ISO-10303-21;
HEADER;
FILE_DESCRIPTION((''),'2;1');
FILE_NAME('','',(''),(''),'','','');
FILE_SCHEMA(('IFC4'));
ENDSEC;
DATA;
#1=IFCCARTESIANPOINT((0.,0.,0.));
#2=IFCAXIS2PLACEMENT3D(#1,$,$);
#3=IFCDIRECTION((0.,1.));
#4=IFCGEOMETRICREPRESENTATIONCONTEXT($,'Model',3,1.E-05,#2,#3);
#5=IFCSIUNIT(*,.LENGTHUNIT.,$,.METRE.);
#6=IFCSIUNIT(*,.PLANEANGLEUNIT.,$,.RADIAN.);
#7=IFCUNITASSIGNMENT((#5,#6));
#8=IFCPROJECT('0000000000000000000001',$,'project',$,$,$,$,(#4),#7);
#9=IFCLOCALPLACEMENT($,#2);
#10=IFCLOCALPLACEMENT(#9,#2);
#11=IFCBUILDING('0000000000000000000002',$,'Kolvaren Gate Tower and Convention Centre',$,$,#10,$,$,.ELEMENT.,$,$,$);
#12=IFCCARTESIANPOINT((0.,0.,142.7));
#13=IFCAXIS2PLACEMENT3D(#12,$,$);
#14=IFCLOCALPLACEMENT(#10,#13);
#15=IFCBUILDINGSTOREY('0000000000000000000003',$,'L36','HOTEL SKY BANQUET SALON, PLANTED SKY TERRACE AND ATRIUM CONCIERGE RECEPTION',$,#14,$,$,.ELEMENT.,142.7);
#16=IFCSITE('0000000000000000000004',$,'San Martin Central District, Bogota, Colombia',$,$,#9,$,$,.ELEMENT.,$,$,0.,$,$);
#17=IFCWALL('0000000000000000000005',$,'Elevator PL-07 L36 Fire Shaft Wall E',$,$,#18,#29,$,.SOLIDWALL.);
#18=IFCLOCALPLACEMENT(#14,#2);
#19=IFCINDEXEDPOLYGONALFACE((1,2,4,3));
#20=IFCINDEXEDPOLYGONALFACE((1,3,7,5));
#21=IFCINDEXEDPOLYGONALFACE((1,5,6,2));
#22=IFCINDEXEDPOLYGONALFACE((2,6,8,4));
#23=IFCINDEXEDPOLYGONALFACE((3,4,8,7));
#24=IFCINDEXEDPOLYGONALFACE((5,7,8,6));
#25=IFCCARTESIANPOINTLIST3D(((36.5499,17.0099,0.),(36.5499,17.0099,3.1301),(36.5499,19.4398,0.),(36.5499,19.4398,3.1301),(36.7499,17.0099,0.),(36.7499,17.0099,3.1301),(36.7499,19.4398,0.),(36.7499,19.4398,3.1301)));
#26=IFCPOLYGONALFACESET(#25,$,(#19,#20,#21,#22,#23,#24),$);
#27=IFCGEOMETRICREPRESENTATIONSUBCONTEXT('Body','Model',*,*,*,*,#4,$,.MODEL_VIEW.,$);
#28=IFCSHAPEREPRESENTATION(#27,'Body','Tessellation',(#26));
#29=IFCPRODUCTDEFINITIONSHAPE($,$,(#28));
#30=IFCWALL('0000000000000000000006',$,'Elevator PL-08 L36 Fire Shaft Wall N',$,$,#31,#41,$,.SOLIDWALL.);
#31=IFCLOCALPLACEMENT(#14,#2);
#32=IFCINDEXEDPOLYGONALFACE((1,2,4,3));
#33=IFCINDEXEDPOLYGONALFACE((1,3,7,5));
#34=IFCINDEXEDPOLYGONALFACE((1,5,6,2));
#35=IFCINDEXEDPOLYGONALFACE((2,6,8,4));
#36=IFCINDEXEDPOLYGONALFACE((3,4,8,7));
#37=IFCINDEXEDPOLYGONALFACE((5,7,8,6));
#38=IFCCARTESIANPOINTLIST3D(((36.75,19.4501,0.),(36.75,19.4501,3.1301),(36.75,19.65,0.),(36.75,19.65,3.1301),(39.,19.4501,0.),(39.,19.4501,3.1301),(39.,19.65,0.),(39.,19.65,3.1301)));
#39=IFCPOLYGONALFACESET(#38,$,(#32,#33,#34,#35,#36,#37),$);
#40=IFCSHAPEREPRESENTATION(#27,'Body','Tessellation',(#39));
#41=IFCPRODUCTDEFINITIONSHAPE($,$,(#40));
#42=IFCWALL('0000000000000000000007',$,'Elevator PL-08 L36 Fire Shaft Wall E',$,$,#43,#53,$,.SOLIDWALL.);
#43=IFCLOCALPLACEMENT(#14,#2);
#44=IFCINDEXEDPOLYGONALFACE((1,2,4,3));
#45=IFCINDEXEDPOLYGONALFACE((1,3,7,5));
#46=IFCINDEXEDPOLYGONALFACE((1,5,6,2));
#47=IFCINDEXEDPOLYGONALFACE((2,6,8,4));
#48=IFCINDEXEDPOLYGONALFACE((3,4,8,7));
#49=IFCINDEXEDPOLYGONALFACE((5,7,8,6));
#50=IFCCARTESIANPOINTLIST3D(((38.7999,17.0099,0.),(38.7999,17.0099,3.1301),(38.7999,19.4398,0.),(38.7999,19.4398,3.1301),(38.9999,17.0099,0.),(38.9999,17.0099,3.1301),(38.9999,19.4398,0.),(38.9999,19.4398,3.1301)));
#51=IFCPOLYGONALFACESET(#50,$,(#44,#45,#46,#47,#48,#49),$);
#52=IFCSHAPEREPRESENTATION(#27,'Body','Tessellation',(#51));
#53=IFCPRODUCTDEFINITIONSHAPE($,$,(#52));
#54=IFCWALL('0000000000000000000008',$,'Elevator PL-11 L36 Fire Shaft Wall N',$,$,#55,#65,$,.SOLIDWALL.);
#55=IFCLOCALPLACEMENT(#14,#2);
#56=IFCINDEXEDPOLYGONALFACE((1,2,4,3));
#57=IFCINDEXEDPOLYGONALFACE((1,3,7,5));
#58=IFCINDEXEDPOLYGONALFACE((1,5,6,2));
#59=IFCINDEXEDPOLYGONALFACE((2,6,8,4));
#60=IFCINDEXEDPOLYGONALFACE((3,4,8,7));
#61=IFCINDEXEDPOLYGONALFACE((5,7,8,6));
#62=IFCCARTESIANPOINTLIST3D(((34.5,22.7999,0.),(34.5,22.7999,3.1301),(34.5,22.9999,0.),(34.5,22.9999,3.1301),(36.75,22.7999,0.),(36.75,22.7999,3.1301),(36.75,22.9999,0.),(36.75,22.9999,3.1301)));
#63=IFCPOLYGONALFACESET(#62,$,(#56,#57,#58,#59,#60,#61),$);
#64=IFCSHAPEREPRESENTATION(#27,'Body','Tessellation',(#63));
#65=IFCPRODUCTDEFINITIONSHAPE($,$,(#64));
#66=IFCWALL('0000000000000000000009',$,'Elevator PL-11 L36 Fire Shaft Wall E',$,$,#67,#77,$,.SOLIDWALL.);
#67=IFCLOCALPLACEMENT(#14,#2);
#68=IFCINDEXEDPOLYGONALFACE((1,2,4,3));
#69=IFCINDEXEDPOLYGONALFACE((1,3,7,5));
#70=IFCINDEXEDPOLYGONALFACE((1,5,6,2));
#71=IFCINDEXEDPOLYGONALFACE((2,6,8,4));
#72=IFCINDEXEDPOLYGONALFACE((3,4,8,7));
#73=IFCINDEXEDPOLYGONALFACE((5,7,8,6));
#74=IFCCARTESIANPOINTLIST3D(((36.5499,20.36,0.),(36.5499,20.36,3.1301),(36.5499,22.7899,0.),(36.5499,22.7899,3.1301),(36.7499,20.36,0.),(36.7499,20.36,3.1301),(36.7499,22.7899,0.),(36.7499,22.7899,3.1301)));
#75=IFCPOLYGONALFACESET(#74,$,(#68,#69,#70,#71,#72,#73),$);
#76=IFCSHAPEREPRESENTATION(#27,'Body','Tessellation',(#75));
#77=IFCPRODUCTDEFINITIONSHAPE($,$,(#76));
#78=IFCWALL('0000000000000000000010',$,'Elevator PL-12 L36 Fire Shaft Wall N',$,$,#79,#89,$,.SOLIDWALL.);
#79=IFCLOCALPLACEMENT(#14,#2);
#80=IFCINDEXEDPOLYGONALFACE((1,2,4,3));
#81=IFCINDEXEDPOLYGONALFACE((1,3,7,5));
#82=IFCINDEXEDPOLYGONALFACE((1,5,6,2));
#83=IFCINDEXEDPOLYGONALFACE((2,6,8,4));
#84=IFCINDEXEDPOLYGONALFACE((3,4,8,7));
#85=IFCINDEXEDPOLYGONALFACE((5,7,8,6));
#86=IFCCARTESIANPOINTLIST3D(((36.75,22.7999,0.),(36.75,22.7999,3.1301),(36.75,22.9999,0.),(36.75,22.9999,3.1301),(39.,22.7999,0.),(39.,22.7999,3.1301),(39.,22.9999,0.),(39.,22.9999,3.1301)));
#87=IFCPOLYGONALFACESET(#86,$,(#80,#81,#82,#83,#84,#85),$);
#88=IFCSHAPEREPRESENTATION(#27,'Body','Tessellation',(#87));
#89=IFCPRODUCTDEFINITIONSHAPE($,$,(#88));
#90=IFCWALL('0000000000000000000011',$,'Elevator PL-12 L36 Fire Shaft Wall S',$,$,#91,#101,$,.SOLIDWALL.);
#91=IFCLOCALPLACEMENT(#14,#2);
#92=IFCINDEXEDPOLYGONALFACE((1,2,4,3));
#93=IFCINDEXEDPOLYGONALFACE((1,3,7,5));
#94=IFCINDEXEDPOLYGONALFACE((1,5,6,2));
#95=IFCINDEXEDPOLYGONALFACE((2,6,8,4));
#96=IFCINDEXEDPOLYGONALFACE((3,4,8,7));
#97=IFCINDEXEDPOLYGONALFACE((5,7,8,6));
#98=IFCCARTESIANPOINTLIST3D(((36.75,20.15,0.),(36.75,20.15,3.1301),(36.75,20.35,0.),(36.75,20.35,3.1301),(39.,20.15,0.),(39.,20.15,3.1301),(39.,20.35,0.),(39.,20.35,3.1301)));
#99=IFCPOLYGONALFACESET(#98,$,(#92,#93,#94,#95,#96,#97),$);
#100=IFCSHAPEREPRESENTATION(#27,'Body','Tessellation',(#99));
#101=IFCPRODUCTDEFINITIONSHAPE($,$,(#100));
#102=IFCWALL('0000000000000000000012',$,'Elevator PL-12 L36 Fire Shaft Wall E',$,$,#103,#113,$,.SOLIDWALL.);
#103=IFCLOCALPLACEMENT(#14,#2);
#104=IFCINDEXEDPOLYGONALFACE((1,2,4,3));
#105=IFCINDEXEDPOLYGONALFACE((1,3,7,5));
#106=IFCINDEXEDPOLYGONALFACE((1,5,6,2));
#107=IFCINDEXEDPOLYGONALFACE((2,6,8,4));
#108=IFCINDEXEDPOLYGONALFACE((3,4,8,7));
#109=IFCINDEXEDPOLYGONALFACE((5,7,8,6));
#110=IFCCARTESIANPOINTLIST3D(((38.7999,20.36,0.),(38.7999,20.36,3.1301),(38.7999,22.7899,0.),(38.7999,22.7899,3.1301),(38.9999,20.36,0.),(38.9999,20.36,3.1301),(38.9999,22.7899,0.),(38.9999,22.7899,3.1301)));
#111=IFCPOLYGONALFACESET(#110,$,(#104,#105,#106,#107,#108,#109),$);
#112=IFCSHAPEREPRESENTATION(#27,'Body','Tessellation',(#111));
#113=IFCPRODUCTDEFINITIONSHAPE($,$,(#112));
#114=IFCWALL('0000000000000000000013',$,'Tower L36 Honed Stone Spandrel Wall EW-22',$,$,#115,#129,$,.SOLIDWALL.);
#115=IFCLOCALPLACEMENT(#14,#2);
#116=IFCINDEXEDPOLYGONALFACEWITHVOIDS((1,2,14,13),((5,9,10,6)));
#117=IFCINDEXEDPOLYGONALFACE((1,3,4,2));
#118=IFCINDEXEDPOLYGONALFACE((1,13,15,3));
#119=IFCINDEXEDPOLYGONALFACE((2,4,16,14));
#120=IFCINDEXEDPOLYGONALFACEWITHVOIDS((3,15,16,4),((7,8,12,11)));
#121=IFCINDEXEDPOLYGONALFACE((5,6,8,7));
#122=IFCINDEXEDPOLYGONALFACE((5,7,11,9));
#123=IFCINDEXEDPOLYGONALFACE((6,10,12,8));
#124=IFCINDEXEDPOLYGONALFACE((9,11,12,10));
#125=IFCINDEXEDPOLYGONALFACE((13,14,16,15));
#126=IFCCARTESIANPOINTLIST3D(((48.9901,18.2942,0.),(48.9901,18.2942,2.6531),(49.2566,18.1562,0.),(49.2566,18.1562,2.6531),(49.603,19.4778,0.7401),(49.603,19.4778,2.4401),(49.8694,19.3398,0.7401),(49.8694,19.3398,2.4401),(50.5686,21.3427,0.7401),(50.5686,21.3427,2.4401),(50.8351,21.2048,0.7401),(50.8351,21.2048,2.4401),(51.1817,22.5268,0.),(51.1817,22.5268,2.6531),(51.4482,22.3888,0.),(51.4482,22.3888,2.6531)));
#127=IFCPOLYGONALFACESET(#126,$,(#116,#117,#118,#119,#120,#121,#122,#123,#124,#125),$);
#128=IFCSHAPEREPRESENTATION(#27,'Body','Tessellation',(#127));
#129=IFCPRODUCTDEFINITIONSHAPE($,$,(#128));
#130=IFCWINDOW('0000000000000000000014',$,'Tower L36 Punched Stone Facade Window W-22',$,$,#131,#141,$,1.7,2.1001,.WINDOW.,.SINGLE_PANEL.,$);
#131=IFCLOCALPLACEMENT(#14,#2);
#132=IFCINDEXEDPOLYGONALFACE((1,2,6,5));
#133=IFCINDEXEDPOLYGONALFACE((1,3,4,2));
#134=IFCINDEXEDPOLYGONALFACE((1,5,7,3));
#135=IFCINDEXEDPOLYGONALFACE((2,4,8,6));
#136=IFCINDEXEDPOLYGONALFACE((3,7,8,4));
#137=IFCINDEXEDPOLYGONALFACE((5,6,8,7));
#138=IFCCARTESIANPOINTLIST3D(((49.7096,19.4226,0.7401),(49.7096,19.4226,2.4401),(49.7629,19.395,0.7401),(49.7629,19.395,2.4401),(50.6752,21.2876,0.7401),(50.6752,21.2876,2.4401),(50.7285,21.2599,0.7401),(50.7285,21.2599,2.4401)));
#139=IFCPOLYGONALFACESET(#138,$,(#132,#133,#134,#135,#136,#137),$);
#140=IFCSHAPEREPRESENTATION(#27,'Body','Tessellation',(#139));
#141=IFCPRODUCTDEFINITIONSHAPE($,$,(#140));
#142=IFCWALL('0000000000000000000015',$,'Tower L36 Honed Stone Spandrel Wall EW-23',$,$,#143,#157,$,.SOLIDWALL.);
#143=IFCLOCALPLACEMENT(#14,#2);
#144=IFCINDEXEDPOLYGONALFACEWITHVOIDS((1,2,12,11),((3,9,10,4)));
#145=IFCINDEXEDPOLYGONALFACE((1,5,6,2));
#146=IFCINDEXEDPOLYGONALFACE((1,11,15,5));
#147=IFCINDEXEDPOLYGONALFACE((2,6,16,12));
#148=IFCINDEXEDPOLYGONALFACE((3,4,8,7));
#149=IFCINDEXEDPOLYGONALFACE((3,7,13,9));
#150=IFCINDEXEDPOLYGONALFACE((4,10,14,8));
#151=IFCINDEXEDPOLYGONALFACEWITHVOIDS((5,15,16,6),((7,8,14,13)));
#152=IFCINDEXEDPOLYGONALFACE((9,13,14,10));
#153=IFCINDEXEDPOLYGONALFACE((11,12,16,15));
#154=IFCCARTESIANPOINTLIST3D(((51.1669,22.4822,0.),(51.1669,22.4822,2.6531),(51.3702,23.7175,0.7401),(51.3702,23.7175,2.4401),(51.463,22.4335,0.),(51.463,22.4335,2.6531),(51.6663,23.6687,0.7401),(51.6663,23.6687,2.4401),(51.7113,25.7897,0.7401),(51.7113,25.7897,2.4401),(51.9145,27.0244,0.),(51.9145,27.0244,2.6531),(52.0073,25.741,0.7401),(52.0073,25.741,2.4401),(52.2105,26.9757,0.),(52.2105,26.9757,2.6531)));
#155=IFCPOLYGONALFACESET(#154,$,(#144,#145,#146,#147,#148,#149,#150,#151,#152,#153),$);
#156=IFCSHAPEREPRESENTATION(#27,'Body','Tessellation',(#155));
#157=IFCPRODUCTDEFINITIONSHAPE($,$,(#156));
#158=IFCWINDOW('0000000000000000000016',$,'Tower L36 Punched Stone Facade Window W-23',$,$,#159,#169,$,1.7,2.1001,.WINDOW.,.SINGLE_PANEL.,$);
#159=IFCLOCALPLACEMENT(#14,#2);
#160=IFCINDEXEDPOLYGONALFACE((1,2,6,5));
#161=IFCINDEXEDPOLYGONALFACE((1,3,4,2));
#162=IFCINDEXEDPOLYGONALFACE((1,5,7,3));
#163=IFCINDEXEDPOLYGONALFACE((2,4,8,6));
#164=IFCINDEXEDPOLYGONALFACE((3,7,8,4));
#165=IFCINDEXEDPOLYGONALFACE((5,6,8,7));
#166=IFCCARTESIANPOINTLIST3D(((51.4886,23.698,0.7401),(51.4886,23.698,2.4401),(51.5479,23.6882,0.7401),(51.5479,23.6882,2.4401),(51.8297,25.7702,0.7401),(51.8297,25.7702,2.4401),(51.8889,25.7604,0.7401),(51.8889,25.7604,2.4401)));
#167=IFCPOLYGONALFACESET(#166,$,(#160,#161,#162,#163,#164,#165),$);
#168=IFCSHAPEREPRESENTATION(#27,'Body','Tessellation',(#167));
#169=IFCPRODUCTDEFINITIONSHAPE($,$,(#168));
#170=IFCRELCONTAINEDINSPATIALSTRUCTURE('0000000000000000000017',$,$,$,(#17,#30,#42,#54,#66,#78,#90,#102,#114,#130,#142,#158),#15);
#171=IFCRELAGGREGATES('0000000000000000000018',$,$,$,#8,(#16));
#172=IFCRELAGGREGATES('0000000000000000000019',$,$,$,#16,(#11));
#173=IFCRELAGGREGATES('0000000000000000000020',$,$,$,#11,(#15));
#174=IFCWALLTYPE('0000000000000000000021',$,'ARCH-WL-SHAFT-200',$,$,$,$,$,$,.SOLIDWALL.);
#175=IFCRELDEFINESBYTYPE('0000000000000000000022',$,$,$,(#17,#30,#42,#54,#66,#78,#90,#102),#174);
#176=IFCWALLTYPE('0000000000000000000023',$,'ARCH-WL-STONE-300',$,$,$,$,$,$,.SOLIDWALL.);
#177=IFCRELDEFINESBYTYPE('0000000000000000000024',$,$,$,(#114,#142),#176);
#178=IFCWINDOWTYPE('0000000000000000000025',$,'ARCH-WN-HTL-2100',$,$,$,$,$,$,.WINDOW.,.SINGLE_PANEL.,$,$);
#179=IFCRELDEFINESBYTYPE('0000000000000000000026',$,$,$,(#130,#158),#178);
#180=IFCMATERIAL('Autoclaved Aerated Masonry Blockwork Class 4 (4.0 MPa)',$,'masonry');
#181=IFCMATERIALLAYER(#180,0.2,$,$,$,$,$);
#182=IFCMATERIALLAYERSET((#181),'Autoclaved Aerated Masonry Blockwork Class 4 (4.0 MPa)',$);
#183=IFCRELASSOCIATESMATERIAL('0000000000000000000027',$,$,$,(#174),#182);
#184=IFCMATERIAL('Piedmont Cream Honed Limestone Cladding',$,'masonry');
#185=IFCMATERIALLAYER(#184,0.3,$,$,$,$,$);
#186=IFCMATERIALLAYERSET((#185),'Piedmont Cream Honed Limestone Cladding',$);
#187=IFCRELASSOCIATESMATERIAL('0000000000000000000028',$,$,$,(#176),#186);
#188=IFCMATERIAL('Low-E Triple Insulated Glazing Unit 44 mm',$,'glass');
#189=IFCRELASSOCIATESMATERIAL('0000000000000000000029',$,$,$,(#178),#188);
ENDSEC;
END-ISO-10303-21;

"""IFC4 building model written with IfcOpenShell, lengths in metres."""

from ifc_helpers import new_model, si_unit, direction, frame, frame_2d, origin, place, context, subcontext, project, spatial, rectangle, extrude, material, layer, layer_set, type_object, element, fill, save


model = new_model("IFC4")

# Units and contexts
model_context = context("Model", 3, precision=1e-05, world=origin(), true_north=direction((0.0, 1.0)))
body_context = subcontext(model_context, "Body", "Model", "MODEL_VIEW")
ifc_project = project(units=[si_unit("LENGTHUNIT", "METRE"), si_unit("PLANEANGLEUNIT", "RADIAN")], contexts=[model_context])

# Site, building, storey
site_placement = place(None, origin())
site = spatial("IfcSite", under=ifc_project, at=site_placement, Name="San Martin Central District, Bogota, Colombia", CompositionType="ELEMENT", RefElevation=0.0)
building_placement = place(site_placement, origin())
building = spatial("IfcBuilding", under=site, at=building_placement, Name="Kolvaren Gate Tower and Convention Centre", CompositionType="ELEMENT")
storey_placement = place(building_placement, frame((0.0, 0.0, 142.7)))
storey = spatial("IfcBuildingStorey", under=building, at=storey_placement, Name="L36", Description="HOTEL SKY BANQUET SALON, PLANTED SKY TERRACE AND ATRIUM CONCIERGE RECEPTION", CompositionType="ELEMENT", Elevation=142.7)

# Walls
ifc_material_1 = material(Name="Autoclaved Aerated Masonry Blockwork Class 4 (4.0 MPa)", Category="masonry")
ifc_layer_1 = layer(ifc_material_1, 0.2)
ifc_layer_set_1 = layer_set([ifc_layer_1], Name="Autoclaved Aerated Masonry Blockwork Class 4 (4.0 MPa)")
wall_type_1 = type_object("IfcWallType", Name="ARCH-WL-SHAFT-200", PredefinedType="SOLIDWALL", material=ifc_layer_set_1)
wall_1_placement = place(storey_placement, frame((36.6499, 17.01, 0.0), z_axis=(0.0, 0.0, 1.0), x_axis=(0.0, 1.0, 0.0)))
element("IfcWall", 1, at=wall_1_placement, inside=storey, type_object=wall_type_1, Name="Elevator PL-07 L36 Fire Shaft Wall E", PredefinedType="SOLIDWALL", context=body_context, shape_type="SweptSolid", body=[
    extrude(rectangle(XDim=2.4299, YDim=0.2, at=frame_2d((1.2148, 0.0))), origin(), (0.0, 0.0, 1.0), 3.1301),
])
wall_2_placement = place(storey_placement, frame((36.75, 19.55, 0.0), z_axis=(0.0, 0.0, 1.0), x_axis=(1.0, 0.0, 0.0)))
element("IfcWall", 2, at=wall_2_placement, inside=storey, type_object=wall_type_1, Name="Elevator PL-08 L36 Fire Shaft Wall N", PredefinedType="SOLIDWALL", context=body_context, shape_type="SweptSolid", body=[
    extrude(rectangle(XDim=2.25, YDim=0.2, at=frame_2d((1.125, 0.0))), origin(), (0.0, 0.0, 1.0), 3.1301),
])
wall_3_placement = place(storey_placement, frame((38.8999, 17.01, 0.0), z_axis=(0.0, 0.0, 1.0), x_axis=(0.0, 1.0, 0.0)))
element("IfcWall", 3, at=wall_3_placement, inside=storey, type_object=wall_type_1, Name="Elevator PL-08 L36 Fire Shaft Wall E", PredefinedType="SOLIDWALL", context=body_context, shape_type="SweptSolid", body=[
    extrude(rectangle(XDim=2.4299, YDim=0.2, at=frame_2d((1.2148, 0.0))), origin(), (0.0, 0.0, 1.0), 3.1301),
])
wall_4_placement = place(storey_placement, frame((34.5, 22.8999, 0.0), z_axis=(0.0, 0.0, 1.0), x_axis=(1.0, 0.0, 0.0)))
element("IfcWall", 4, at=wall_4_placement, inside=storey, type_object=wall_type_1, Name="Elevator PL-11 L36 Fire Shaft Wall N", PredefinedType="SOLIDWALL", context=body_context, shape_type="SweptSolid", body=[
    extrude(rectangle(XDim=2.25, YDim=0.2, at=frame_2d((1.125, 0.0))), origin(), (0.0, 0.0, 1.0), 3.1301),
])
wall_5_placement = place(storey_placement, frame((36.6499, 20.3601, 0.0), z_axis=(0.0, 0.0, 1.0), x_axis=(0.0, 1.0, 0.0)))
element("IfcWall", 5, at=wall_5_placement, inside=storey, type_object=wall_type_1, Name="Elevator PL-11 L36 Fire Shaft Wall E", PredefinedType="SOLIDWALL", context=body_context, shape_type="SweptSolid", body=[
    extrude(rectangle(XDim=2.4299, YDim=0.2, at=frame_2d((1.2148, 0.0))), origin(), (0.0, 0.0, 1.0), 3.1301),
])
for number, where, z_axis, x_axis, name in (
    (6, (36.75, 22.8999, 0.0), (0.0, 0.0, 1.0), (1.0, 0.0, 0.0), "Elevator PL-12 L36 Fire Shaft Wall N"),
    (7, (36.75, 20.25, 0.0), (0.0, 0.0, 1.0), (1.0, 0.0, 0.0), "Elevator PL-12 L36 Fire Shaft Wall S"),
):
    element("IfcWall", number, at=place(storey_placement, frame(where, z_axis=z_axis, x_axis=x_axis)), inside=storey, type_object=wall_type_1, Name=name, PredefinedType="SOLIDWALL", context=body_context, shape_type="SweptSolid", body=[
        extrude(rectangle(XDim=2.25, YDim=0.2, at=frame_2d((1.125, 0.0))), origin(), (0.0, 0.0, 1.0), 3.1301),
    ])
wall_6_placement = place(storey_placement, frame((38.8999, 20.3601, 0.0), z_axis=(0.0, 0.0, 1.0), x_axis=(0.0, 1.0, 0.0)))
element("IfcWall", 8, at=wall_6_placement, inside=storey, type_object=wall_type_1, Name="Elevator PL-12 L36 Fire Shaft Wall E", PredefinedType="SOLIDWALL", context=body_context, shape_type="SweptSolid", body=[
    extrude(rectangle(XDim=2.4299, YDim=0.2, at=frame_2d((1.2148, 0.0))), origin(), (0.0, 0.0, 1.0), 3.1301),
])

# Walls, openings, windows
ifc_material_2 = material(Name="Piedmont Cream Honed Limestone Cladding", Category="masonry")
ifc_layer_2 = layer(ifc_material_2, 0.3)
ifc_layer_set_2 = layer_set([ifc_layer_2], Name="Piedmont Cream Honed Limestone Cladding")
wall_type_2 = type_object("IfcWallType", Name="ARCH-WL-STONE-300", PredefinedType="SOLIDWALL", material=ifc_layer_set_2)
wall_7_placement = place(storey_placement, frame((49.1233, 18.2251, 0.0), z_axis=(0.0, 0.0, 1.0), x_axis=(0.45981, 0.888017, 0.0)))
wall_7 = element("IfcWall", 9, at=wall_7_placement, inside=storey, type_object=wall_type_2, Name="Tower L36 Honed Stone Spandrel Wall EW-22", PredefinedType="SOLIDWALL", context=body_context, shape_type="SweptSolid", body=[
    extrude(rectangle(XDim=4.7664, YDim=0.3, at=frame_2d((2.3833, 0.0))), origin(), (0.0, 0.0, 1.0), 2.6531),
])
opening_1_placement = place(wall_7_placement, frame((1.333, 0.0, 0.74)))
opening_1 = element("IfcOpeningElement", 10, at=opening_1_placement, cuts=wall_7, PredefinedType="OPENING", context=body_context, shape_type="SweptSolid", body=[
    extrude(rectangle(XDim=2.1001, YDim=1.7, at=frame_2d((1.05, 0.8501))), frame((0.0, 0.1599, 0.0), z_axis=(0.0, -1.0, 0.0), x_axis=(1.0, 0.0, 0.0)), (0.0, 0.0, 1.0), 0.3201),
])
ifc_material_3 = material(Name="Low-E Triple Insulated Glazing Unit 44 mm", Category="glass")
window_type = type_object("IfcWindowType", Name="ARCH-WN-HTL-2100", PartitioningType="SINGLE_PANEL", PredefinedType="WINDOW", material=ifc_material_3)
window_1_placement = place(opening_1_placement, origin())
window_1 = element("IfcWindow", 11, at=window_1_placement, inside=storey, type_object=window_type, Name="Tower L36 Punched Stone Facade Window W-22", OverallHeight=1.7, OverallWidth=2.1001, PartitioningType="SINGLE_PANEL", PredefinedType="WINDOW", context=body_context, shape_type="SweptSolid", body=[
    extrude(rectangle(XDim=2.1001, YDim=1.7, at=frame_2d((1.05, 0.8501))), frame((0.0, 0.03, 0.0), z_axis=(0.0, -1.0, 0.0), x_axis=(1.0, 0.0, 0.0)), (0.0, 0.0, 1.0), 0.0601),
])
fill(opening_1, window_1)
wall_8_placement = place(storey_placement, frame((51.3149, 22.4578, 0.0), z_axis=(0.0, 0.0, 1.0), x_axis=(0.162395, 0.986726, 0.0)))
wall_8 = element("IfcWall", 12, at=wall_8_placement, inside=storey, type_object=wall_type_2, Name="Tower L36 Honed Stone Spandrel Wall EW-23", PredefinedType="SOLIDWALL", context=body_context, shape_type="SweptSolid", body=[
    extrude(rectangle(XDim=4.6033, YDim=0.3, at=frame_2d((2.3018, 0.0))), origin(), (0.0, 0.0, 1.0), 2.6531),
])
opening_2_placement = place(wall_8_placement, frame((1.252, 0.0, 0.74)))
opening_2 = element("IfcOpeningElement", 13, at=opening_2_placement, cuts=wall_8, PredefinedType="OPENING", context=body_context, shape_type="SweptSolid", body=[
    extrude(rectangle(XDim=2.1001, YDim=1.7, at=frame_2d((1.05, 0.8501))), frame((0.0, 0.1599, 0.0), z_axis=(0.0, -1.0, 0.0), x_axis=(1.0, 0.0, 0.0)), (0.0, 0.0, 1.0), 0.3201),
])
window_2_placement = place(opening_2_placement, origin())
window_2 = element("IfcWindow", 14, at=window_2_placement, inside=storey, type_object=window_type, Name="Tower L36 Punched Stone Facade Window W-23", OverallHeight=1.7, OverallWidth=2.1001, PartitioningType="SINGLE_PANEL", PredefinedType="WINDOW", context=body_context, shape_type="SweptSolid", body=[
    extrude(rectangle(XDim=2.1001, YDim=1.7, at=frame_2d((1.05, 0.8501))), frame((0.0, 0.03, 0.0), z_axis=(0.0, -1.0, 0.0), x_axis=(1.0, 0.0, 0.0)), (0.0, 0.0, 1.0), 0.0601),
])
fill(opening_2, window_2)

save(model, "model.ifc")
